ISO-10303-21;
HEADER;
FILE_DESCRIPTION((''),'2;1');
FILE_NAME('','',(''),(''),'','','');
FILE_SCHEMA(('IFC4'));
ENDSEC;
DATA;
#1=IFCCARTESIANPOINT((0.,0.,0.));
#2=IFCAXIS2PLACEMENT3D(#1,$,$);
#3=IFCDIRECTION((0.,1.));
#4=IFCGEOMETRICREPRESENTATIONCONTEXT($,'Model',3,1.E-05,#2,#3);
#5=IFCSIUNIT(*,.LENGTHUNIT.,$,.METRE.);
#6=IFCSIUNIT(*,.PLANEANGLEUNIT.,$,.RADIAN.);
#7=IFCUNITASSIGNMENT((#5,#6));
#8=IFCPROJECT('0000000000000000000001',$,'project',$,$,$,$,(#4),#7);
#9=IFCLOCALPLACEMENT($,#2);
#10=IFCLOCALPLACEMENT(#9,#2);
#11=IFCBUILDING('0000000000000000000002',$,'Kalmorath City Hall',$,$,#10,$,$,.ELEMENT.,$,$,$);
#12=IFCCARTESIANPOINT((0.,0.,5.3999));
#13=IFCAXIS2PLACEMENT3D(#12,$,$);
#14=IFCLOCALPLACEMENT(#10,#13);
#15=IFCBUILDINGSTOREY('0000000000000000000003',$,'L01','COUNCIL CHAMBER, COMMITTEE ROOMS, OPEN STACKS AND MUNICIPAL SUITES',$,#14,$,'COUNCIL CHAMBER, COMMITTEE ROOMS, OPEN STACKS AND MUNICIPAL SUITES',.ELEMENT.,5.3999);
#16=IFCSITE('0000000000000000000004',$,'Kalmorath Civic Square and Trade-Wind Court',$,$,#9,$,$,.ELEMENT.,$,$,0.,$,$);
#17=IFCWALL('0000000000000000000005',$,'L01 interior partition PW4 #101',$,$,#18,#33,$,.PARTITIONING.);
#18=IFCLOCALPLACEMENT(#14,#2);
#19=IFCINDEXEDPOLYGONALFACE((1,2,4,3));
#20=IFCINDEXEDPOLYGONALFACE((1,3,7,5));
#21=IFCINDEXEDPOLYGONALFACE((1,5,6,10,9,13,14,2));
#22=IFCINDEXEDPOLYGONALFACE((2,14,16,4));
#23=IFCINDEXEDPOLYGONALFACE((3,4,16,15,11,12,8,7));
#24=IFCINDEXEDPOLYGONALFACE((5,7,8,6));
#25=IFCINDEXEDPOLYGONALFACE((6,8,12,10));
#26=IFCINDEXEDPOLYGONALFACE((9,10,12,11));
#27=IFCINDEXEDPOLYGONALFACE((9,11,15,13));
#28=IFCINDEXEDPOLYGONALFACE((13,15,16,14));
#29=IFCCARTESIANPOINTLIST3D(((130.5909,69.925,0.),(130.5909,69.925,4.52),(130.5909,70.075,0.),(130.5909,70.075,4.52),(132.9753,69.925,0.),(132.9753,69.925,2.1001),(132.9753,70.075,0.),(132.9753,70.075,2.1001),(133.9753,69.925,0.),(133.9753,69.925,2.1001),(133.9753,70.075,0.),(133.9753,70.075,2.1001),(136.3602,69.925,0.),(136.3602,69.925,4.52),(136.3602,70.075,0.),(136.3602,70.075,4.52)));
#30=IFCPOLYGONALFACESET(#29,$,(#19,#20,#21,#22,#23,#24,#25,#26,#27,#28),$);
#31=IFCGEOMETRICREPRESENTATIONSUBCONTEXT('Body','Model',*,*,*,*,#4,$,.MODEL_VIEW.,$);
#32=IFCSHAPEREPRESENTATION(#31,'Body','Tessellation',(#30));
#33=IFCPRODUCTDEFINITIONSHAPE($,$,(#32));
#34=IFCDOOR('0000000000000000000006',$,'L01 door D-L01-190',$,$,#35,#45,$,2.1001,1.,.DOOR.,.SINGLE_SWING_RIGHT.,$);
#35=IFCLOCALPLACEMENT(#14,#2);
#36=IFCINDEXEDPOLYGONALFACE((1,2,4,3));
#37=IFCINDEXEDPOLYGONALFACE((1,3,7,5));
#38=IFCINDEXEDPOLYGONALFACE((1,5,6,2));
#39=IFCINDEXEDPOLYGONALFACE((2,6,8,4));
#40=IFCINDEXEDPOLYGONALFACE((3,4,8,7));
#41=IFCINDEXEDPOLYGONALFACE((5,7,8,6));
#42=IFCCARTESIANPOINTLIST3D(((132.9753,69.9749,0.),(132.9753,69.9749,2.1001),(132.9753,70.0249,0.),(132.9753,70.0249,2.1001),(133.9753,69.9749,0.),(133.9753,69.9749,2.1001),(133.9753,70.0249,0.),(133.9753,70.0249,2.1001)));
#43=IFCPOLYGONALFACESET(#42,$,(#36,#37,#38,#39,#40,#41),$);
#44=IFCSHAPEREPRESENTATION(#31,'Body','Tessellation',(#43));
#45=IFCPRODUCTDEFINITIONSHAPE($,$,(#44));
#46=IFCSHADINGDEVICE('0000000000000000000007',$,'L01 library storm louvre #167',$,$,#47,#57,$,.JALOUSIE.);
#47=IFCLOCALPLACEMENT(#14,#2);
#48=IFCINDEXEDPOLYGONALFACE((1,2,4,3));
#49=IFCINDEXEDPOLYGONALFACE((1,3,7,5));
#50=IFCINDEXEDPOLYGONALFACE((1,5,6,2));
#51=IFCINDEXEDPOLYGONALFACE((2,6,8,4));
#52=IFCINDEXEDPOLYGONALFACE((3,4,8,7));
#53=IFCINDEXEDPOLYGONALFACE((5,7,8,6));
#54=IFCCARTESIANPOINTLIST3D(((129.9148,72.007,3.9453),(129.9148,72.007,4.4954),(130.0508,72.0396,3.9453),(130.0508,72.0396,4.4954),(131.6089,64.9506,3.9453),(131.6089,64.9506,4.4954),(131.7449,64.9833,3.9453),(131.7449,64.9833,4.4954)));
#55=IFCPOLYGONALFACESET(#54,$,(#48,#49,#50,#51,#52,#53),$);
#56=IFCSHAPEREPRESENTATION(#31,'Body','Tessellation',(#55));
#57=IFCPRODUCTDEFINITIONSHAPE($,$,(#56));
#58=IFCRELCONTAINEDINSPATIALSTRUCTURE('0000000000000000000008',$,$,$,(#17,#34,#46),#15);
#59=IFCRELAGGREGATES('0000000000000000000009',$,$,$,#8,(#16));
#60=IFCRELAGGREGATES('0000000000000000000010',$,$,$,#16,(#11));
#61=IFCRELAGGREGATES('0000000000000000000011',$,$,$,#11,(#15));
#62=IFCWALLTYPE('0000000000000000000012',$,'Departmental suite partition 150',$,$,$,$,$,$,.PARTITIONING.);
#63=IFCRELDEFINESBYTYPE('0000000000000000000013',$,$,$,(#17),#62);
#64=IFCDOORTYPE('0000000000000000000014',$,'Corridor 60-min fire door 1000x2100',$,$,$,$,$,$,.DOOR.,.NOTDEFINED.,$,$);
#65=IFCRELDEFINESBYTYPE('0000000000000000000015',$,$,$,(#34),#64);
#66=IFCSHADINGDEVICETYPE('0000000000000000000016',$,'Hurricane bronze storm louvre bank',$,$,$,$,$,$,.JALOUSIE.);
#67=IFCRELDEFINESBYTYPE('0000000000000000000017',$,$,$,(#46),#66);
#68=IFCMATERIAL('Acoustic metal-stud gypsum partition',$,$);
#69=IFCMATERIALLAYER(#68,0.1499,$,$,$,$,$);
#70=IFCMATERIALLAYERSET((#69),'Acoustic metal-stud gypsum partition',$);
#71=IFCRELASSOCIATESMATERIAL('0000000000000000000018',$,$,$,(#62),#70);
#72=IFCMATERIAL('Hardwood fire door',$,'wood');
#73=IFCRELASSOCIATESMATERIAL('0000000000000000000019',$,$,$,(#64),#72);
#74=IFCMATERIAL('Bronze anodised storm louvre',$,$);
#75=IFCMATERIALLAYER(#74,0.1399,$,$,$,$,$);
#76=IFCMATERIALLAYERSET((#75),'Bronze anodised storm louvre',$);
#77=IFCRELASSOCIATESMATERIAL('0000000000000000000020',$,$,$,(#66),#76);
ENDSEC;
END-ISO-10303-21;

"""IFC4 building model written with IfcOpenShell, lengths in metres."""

from ifc_helpers import new_model, si_unit, direction, frame, frame_2d, origin, origin_2d, place, context, subcontext, project, spatial, rectangle, extrude, material, layer, layer_set, type_object, element, fill, save


model = new_model("IFC4")

# Units and contexts
model_context = context("Model", 3, precision=1e-05, world=origin(), true_north=direction((0.0, 1.0)))
body_context = subcontext(model_context, "Body", "Model", "MODEL_VIEW")
ifc_project = project(units=[si_unit("LENGTHUNIT", "METRE"), si_unit("PLANEANGLEUNIT", "RADIAN")], contexts=[model_context])

# Site, building, storey
site_placement = place(None, origin())
site = spatial("IfcSite", under=ifc_project, at=site_placement, Name="Kalmorath Civic Square and Trade-Wind Court", CompositionType="ELEMENT", RefElevation=0.0)
building_placement = place(site_placement, origin())
building = spatial("IfcBuilding", under=site, at=building_placement, Name="Kalmorath City Hall", CompositionType="ELEMENT")
storey_placement = place(building_placement, frame((0.0, 0.0, 5.3999)))
storey = spatial("IfcBuildingStorey", under=building, at=storey_placement, Name="L01", Description="COUNCIL CHAMBER, COMMITTEE ROOMS, OPEN STACKS AND MUNICIPAL SUITES", LongName="COUNCIL CHAMBER, COMMITTEE ROOMS, OPEN STACKS AND MUNICIPAL SUITES", CompositionType="ELEMENT", Elevation=5.3999)

# Wall, opening, door
ifc_material_1 = material(Name="Acoustic metal-stud gypsum partition")
ifc_layer_1 = layer(ifc_material_1, 0.1499)
ifc_layer_set_1 = layer_set([ifc_layer_1], Name="Acoustic metal-stud gypsum partition")
wall_type = type_object("IfcWallType", Name="Departmental suite partition 150", PredefinedType="PARTITIONING", material=ifc_layer_set_1)
wall_placement = place(storey_placement, frame((130.5908, 70.0, 0.0), z_axis=(0.0, 0.0, 1.0), x_axis=(1.0, 0.0, 0.0)))
wall = element("IfcWall", 1, at=wall_placement, inside=storey, type_object=wall_type, Name="L01 interior partition PW4 #101", PredefinedType="PARTITIONING", context=body_context, shape_type="SweptSolid", body=[
    extrude(rectangle(XDim=5.7693, YDim=0.1499, at=frame_2d((2.8848, 0.0))), origin(), (0.0, 0.0, 1.0), 4.52),
])
opening_placement = place(wall_placement, frame((2.3845, 0.0, 0.0)))
opening = element("IfcOpeningElement", 2, at=opening_placement, cuts=wall, PredefinedType="OPENING", context=body_context, shape_type="SweptSolid", body=[
    extrude(rectangle(XDim=1.0, YDim=2.1001, at=frame_2d((0.5, 1.05))), frame((0.0, 0.085, 0.0), z_axis=(0.0, -1.0, 0.0), x_axis=(1.0, 0.0, 0.0)), (0.0, 0.0, 1.0), 0.1699),
])
ifc_material_2 = material(Name="Hardwood fire door", Category="wood")
door_type = type_object("IfcDoorType", Name="Corridor 60-min fire door 1000x2100", OperationType="NOTDEFINED", PredefinedType="DOOR", material=ifc_material_2)
door_placement = place(opening_placement, origin())
door = element("IfcDoor", 3, at=door_placement, inside=storey, type_object=door_type, Name="L01 door D-L01-190", OperationType="SINGLE_SWING_RIGHT", OverallHeight=2.1001, OverallWidth=1.0, PredefinedType="DOOR", context=body_context, shape_type="SweptSolid", body=[
    extrude(rectangle(XDim=1.0, YDim=2.1001, at=frame_2d((0.5, 1.05))), frame((0.0, 0.0249, 0.0), z_axis=(0.0, -1.0, 0.0), x_axis=(1.0, 0.0, 0.0)), (0.0, 0.0, 1.0), 0.05),
])
fill(opening, door)

# Shading device
ifc_material_3 = material(Name="Bronze anodised storm louvre")
ifc_layer_2 = layer(ifc_material_3, 0.1399)
ifc_layer_set_2 = layer_set([ifc_layer_2], Name="Bronze anodised storm louvre")
shading_device_type = type_object("IfcShadingDeviceType", Name="Hurricane bronze storm louvre bank", PredefinedType="JALOUSIE", material=ifc_layer_set_2)
shading_device_placement = place(storey_placement, frame((130.8298, 68.4951, 3.9453), z_axis=(0.0, 0.0, 1.0), x_axis=(-0.233445, 0.97237, 0.0)))
element("IfcShadingDevice", 4, at=shading_device_placement, inside=storey, type_object=shading_device_type, Name="L01 library storm louvre #167", PredefinedType="JALOUSIE", context=body_context, shape_type="SweptSolid", body=[
    extrude(rectangle(XDim=7.2568, YDim=0.1399, at=origin_2d()), origin(), (0.0, 0.0, 1.0), 0.55),
])

save(model, "model.ifc")
